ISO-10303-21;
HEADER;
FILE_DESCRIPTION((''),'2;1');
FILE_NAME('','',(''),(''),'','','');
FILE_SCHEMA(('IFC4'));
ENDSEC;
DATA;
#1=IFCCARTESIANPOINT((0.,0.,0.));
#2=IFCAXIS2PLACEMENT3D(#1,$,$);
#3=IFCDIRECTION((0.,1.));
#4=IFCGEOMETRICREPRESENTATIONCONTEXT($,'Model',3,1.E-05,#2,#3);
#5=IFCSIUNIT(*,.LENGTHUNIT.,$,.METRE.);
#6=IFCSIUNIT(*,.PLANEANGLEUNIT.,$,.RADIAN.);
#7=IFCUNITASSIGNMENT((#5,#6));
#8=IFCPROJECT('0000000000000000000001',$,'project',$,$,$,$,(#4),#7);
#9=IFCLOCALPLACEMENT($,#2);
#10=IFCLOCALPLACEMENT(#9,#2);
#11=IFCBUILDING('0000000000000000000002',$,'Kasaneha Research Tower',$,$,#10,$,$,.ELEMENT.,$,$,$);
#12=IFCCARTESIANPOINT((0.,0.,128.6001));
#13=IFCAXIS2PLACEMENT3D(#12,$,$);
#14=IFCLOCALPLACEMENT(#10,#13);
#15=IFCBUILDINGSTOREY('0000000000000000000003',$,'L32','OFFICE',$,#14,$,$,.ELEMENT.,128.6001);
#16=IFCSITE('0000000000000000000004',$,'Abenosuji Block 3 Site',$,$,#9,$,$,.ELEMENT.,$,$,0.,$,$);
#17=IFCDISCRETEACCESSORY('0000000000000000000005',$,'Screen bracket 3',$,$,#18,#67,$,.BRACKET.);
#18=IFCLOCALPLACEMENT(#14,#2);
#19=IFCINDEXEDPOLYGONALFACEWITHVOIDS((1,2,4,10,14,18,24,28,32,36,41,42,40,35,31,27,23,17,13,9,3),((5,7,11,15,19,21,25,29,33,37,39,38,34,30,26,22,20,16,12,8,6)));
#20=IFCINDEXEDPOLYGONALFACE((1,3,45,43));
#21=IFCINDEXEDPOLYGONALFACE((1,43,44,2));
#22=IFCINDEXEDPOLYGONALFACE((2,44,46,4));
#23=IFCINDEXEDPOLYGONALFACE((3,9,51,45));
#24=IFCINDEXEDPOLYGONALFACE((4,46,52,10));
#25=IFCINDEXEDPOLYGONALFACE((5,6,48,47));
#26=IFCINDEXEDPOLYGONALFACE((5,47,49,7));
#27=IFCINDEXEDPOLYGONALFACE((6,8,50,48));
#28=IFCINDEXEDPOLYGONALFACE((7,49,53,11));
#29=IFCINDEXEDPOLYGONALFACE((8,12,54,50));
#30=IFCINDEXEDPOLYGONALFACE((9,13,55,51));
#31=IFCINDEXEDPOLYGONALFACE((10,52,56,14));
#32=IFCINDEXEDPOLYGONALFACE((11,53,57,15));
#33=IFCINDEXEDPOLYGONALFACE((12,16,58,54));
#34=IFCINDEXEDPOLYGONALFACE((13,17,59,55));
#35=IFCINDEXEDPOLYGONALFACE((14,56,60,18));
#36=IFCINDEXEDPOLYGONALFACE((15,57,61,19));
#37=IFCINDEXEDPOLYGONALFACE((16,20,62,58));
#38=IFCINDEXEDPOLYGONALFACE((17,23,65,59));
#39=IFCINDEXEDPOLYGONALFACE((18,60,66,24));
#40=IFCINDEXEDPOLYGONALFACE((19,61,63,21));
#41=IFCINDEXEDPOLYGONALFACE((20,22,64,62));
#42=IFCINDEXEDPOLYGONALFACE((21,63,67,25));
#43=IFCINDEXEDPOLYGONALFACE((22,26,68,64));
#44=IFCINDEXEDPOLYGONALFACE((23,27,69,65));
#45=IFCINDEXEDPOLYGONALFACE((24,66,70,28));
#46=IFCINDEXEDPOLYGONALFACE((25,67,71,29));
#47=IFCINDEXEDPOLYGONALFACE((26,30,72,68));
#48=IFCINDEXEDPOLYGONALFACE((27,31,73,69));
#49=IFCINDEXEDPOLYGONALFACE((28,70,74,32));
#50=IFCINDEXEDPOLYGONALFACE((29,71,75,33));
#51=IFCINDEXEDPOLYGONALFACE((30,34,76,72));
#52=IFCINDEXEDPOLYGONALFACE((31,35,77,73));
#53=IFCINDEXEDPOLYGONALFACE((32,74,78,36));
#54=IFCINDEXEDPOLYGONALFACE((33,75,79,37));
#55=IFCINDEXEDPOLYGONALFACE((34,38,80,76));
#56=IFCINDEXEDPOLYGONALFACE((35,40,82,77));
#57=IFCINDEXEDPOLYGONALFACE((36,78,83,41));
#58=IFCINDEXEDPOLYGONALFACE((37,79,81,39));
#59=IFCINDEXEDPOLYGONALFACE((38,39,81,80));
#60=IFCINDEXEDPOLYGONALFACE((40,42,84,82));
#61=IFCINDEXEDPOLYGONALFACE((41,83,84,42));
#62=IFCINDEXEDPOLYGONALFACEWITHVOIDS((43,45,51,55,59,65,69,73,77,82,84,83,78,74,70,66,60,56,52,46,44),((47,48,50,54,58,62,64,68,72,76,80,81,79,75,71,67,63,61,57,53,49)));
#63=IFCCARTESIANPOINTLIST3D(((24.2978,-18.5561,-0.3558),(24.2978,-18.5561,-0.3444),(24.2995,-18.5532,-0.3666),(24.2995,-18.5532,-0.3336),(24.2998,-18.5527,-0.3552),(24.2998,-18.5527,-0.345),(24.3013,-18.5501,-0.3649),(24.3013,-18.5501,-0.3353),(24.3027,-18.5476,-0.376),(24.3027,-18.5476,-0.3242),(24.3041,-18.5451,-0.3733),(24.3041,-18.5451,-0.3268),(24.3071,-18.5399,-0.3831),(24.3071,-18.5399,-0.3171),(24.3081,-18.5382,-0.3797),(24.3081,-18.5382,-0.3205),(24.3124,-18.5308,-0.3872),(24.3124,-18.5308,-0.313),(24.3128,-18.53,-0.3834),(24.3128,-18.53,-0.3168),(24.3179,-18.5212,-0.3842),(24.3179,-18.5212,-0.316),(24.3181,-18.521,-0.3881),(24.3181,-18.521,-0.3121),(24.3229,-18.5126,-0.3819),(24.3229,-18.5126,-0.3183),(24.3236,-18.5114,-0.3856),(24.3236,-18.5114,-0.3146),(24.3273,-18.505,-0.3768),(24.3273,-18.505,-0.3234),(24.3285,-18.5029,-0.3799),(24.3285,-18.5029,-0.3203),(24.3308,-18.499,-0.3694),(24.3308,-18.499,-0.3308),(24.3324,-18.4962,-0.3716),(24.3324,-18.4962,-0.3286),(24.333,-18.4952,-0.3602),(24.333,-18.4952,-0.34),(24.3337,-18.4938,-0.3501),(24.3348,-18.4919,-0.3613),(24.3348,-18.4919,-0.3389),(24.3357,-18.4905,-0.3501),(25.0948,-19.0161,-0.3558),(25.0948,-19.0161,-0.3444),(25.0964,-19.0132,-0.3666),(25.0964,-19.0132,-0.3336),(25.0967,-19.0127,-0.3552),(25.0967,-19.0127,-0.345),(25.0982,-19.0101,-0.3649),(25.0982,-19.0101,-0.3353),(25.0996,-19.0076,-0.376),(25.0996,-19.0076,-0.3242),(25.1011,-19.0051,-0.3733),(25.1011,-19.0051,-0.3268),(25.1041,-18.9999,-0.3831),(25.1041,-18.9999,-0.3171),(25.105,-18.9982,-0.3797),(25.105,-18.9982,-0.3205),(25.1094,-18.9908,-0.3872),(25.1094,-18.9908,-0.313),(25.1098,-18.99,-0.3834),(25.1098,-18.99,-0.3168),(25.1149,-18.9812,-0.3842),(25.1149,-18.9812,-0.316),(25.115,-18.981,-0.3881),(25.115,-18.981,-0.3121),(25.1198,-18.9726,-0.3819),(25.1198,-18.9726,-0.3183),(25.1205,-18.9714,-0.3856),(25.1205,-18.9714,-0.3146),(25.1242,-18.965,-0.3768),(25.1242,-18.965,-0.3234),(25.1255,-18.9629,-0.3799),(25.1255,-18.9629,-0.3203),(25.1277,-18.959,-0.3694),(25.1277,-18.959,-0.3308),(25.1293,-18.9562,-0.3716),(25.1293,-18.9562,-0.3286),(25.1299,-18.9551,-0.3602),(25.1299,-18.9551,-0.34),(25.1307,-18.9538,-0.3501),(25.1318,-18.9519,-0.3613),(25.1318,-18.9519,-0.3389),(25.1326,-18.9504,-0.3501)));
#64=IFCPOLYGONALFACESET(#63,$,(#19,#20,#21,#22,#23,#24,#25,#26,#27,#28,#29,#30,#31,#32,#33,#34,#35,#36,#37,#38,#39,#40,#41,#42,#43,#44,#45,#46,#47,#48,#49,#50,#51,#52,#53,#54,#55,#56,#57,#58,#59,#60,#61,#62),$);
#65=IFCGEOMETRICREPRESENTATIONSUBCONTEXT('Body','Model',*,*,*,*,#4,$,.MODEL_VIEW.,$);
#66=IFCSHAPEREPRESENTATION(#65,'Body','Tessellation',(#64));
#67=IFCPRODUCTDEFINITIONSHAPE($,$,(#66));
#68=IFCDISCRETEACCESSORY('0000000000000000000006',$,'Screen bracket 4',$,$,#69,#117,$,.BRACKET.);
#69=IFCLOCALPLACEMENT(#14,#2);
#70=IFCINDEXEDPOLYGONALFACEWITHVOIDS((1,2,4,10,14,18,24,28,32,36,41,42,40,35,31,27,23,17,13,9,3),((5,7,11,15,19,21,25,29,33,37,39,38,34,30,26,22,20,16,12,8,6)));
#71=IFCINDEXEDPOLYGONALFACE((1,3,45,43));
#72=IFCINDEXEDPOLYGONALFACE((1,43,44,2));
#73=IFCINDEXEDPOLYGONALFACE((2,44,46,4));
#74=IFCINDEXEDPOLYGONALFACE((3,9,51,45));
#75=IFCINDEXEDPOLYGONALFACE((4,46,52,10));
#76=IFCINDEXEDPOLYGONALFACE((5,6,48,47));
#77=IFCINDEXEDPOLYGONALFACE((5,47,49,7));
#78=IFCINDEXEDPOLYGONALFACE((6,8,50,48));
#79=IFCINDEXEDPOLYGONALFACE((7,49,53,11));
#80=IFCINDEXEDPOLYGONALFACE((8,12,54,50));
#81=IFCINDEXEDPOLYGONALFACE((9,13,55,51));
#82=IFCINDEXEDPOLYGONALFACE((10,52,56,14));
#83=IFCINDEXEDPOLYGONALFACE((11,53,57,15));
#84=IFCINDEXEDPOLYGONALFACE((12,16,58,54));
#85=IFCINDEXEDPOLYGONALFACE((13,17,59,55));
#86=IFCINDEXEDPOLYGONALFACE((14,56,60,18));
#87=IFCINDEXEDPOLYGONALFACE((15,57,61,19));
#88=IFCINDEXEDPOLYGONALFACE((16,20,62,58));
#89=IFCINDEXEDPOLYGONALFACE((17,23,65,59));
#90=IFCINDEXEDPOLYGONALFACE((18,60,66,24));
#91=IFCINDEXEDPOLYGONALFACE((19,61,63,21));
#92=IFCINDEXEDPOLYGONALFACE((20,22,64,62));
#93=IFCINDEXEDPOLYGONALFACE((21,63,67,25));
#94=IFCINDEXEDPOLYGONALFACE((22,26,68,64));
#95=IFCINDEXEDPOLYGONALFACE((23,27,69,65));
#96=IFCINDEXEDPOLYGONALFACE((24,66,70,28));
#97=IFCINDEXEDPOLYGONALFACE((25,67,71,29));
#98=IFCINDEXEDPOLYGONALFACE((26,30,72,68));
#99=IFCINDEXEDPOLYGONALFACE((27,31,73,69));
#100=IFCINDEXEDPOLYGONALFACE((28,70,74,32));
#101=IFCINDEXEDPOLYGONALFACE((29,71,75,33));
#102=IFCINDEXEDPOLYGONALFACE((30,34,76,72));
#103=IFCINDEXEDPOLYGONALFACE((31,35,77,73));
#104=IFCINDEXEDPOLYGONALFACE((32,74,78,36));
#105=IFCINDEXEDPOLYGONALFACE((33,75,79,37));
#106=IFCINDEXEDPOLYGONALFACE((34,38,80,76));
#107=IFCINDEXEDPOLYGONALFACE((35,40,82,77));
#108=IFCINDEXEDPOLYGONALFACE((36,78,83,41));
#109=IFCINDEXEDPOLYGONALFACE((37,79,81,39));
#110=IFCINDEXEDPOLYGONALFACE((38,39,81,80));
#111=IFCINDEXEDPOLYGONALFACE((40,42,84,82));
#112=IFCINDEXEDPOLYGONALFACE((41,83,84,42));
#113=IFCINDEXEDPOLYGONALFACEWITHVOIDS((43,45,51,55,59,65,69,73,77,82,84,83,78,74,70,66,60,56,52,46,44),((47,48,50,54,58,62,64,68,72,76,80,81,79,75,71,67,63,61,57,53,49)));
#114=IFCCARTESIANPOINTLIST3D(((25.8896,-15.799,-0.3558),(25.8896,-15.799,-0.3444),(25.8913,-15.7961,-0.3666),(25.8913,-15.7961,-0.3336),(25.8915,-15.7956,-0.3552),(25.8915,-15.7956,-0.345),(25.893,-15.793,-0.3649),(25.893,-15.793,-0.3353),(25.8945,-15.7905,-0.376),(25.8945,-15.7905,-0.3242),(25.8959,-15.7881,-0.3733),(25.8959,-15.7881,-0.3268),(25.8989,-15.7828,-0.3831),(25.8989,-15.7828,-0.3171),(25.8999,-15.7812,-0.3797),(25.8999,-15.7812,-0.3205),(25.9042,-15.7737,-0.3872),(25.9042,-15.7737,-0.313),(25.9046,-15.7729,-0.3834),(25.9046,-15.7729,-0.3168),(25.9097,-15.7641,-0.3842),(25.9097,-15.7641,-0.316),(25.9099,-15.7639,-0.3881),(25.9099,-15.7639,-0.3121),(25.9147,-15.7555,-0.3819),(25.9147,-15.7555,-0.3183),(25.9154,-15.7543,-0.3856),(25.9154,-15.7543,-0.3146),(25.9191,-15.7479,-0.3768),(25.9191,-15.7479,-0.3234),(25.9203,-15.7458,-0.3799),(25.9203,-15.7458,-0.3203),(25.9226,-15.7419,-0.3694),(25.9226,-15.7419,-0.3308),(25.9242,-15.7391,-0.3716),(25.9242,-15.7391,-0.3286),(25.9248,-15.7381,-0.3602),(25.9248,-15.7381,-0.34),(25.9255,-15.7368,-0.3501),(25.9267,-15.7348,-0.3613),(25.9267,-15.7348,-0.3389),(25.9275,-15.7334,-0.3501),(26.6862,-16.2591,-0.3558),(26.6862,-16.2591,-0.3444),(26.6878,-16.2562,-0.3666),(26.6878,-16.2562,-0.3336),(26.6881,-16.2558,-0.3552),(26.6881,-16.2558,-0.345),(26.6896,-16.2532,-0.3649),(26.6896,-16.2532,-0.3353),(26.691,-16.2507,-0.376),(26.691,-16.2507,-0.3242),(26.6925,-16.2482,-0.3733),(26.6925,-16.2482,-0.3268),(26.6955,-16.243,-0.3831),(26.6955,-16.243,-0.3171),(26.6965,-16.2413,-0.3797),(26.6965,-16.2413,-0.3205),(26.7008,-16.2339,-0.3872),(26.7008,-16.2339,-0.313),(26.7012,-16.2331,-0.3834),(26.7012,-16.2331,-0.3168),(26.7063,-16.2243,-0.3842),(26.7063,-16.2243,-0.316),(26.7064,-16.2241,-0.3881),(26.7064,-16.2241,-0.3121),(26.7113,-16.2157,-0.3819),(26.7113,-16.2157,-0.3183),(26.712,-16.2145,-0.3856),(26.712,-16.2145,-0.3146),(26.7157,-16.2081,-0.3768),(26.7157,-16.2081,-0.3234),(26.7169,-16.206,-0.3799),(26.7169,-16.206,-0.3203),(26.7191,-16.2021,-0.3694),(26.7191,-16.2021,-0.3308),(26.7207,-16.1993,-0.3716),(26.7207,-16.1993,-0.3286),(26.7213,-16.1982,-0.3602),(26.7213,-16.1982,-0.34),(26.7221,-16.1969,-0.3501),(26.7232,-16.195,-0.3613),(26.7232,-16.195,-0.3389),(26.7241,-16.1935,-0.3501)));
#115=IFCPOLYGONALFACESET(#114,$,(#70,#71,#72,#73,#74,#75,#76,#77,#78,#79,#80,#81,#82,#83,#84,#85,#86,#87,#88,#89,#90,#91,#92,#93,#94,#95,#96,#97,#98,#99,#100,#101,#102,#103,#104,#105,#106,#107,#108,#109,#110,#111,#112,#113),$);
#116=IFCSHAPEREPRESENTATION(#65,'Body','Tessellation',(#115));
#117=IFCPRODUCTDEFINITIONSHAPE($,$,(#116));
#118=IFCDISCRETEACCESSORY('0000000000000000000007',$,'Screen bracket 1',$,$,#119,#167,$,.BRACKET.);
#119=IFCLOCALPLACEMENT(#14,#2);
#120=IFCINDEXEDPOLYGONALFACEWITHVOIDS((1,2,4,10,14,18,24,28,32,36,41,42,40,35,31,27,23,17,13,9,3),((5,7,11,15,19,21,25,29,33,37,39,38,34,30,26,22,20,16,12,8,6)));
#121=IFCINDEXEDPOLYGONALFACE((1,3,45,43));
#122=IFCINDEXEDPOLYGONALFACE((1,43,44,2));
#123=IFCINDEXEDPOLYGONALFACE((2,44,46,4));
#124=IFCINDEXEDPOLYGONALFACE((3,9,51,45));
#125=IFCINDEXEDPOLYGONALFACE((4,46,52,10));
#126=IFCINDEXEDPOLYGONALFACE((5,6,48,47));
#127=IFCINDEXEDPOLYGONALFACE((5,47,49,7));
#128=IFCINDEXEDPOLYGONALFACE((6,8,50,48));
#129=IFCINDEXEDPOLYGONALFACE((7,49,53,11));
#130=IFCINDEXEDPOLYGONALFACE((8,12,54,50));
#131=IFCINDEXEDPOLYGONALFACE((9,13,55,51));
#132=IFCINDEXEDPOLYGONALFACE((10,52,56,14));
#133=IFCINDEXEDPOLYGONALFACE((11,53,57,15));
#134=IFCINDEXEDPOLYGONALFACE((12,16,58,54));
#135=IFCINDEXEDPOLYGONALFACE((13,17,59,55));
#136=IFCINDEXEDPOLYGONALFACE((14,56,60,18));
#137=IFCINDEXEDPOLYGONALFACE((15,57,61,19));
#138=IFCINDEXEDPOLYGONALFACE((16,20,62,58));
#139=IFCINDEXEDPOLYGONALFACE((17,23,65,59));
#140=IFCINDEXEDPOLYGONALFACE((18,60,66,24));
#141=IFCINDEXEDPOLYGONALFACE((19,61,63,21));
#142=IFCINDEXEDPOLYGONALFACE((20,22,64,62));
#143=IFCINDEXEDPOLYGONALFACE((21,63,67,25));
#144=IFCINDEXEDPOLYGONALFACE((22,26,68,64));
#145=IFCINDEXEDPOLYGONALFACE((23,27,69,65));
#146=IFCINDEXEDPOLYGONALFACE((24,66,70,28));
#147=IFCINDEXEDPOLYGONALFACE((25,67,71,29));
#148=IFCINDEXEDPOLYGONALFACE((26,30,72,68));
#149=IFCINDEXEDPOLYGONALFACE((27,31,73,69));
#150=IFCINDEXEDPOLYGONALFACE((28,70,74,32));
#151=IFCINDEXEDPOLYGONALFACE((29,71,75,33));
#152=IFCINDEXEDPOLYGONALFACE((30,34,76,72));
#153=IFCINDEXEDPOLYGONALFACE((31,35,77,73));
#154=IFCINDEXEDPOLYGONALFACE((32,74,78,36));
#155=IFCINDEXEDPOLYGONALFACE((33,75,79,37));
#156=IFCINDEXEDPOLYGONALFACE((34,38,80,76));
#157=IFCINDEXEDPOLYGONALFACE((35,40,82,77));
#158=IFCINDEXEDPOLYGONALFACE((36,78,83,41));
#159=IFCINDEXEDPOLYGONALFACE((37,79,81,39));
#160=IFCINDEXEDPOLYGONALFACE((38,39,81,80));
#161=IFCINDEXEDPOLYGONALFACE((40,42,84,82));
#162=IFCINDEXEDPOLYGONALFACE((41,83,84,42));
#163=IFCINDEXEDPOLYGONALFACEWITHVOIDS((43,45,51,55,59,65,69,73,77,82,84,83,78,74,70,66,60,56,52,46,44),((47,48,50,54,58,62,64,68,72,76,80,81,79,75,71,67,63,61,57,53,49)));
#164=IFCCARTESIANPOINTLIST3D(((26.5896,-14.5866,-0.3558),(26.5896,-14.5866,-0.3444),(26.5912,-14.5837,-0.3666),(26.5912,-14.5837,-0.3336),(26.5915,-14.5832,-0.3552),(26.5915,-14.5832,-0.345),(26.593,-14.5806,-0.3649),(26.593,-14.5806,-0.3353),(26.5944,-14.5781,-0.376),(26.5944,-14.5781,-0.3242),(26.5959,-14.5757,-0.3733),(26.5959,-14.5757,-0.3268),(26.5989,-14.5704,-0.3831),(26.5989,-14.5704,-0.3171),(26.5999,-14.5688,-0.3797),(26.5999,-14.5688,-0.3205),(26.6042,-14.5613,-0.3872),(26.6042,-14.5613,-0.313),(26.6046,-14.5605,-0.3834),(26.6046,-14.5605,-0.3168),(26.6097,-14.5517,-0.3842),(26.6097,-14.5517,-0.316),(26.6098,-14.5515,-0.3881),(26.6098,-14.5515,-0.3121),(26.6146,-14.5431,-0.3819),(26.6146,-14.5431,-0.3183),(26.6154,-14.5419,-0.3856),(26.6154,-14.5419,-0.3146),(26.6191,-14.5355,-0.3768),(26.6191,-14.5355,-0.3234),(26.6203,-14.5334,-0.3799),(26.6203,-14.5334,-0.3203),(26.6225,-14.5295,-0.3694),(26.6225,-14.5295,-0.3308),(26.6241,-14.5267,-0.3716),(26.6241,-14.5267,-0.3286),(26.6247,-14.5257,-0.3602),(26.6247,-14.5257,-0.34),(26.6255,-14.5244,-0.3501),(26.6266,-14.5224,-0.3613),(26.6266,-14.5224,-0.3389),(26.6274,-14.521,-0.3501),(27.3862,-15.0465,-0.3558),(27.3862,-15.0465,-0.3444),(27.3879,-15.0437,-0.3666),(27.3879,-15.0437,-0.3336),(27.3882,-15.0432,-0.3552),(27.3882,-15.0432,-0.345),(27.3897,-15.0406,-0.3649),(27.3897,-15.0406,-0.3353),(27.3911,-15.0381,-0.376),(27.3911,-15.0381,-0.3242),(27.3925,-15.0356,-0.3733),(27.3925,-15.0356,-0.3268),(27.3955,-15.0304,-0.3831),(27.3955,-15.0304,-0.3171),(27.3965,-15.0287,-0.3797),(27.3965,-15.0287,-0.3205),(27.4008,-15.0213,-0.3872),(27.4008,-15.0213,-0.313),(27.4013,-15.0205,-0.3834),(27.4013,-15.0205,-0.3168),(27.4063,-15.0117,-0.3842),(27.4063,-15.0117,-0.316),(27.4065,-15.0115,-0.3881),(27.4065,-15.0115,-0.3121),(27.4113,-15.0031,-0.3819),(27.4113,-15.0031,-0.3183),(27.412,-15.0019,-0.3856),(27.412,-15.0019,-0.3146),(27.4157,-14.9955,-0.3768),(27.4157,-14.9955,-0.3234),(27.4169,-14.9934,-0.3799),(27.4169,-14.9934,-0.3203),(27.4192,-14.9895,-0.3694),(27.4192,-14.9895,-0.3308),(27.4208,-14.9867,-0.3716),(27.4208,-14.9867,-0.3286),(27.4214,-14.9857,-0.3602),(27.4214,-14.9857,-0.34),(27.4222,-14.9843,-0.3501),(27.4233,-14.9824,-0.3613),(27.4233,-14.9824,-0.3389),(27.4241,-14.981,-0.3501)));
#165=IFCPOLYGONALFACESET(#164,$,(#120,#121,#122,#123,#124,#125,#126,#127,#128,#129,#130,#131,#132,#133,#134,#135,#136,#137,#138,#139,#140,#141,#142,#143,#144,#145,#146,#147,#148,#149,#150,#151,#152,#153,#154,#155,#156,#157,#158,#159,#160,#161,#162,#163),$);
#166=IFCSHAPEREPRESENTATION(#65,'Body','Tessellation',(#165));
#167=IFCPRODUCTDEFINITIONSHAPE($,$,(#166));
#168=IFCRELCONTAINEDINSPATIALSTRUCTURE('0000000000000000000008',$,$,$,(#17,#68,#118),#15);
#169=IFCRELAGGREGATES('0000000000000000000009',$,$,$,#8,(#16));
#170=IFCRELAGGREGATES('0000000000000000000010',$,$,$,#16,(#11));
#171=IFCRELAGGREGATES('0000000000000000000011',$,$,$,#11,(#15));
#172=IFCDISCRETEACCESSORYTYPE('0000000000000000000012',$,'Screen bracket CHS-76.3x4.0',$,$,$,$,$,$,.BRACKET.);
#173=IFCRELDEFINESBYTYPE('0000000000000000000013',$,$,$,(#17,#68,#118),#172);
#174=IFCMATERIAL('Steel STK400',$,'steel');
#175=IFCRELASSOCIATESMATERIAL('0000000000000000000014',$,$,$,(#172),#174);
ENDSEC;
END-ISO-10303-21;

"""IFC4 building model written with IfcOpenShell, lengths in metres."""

from ifc_helpers import new_model, si_unit, direction, frame, origin, origin_2d, place, context, subcontext, project, spatial, hollow_circle, extrude, material, material_profile, profile_set, type_object, element, save


model = new_model("IFC4")

# Units and contexts
model_context = context("Model", 3, precision=1e-05, world=origin(), true_north=direction((0.0, 1.0)))
body_context = subcontext(model_context, "Body", "Model", "MODEL_VIEW")
ifc_project = project(units=[si_unit("LENGTHUNIT", "METRE"), si_unit("PLANEANGLEUNIT", "RADIAN")], contexts=[model_context])

# Site, building, storey
site_placement = place(None, origin())
site = spatial("IfcSite", under=ifc_project, at=site_placement, Name="Abenosuji Block 3 Site", CompositionType="ELEMENT", RefElevation=0.0)
building_placement = place(site_placement, origin())
building = spatial("IfcBuilding", under=site, at=building_placement, Name="Kasaneha Research Tower", CompositionType="ELEMENT")
storey_placement = place(building_placement, frame((0.0, 0.0, 128.6001)))
storey = spatial("IfcBuildingStorey", under=building, at=storey_placement, Name="L32", Description="OFFICE", CompositionType="ELEMENT", Elevation=128.6001)

# Discrete accessories
ifc_material_1 = material(Name="Steel STK400", Category="steel")
ifc_material_profile_1 = material_profile(ifc_material_1, hollow_circle(Radius=0.0381, WallThickness=0.0039, at=origin_2d()), Name="CHS-76.3x4.0")
ifc_profile_set_1 = profile_set([ifc_material_profile_1], Name="Steel STK400")
discrete_accessory_type = type_object("IfcDiscreteAccessoryType", Name="Screen bracket CHS-76.3x4.0", PredefinedType="BRACKET", material=ifc_profile_set_1)
discrete_accessory_1_placement = place(storey_placement, frame((24.3167, -18.5234, -0.3501), z_axis=(0.86608, -0.499906, 0.0), x_axis=(0.499906, 0.86608, 0.0)))
element("IfcDiscreteAccessory", 1, at=discrete_accessory_1_placement, inside=storey, type_object=discrete_accessory_type, Name="Screen bracket 3", PredefinedType="BRACKET", context=body_context, shape_type="SweptSolid", body=[
    extrude(hollow_circle(Radius=0.0381, WallThickness=0.0039, at=origin_2d()), origin(), (0.0, 0.0, 1.0), 0.9202),
])
for number, where, z_axis, x_axis, name in (
    (2, (25.9084, -15.7664, -0.3501), (0.865898, -0.50022, 0.0), (0.50022, 0.865898, 0.0), "Screen bracket 4"),
    (3, (26.6084, -14.554, -0.3501), (0.866013, -0.500021, 0.0), (0.500021, 0.866013, 0.0), "Screen bracket 1"),
):
    element("IfcDiscreteAccessory", number, at=place(storey_placement, frame(where, z_axis=z_axis, x_axis=x_axis)), inside=storey, type_object=discrete_accessory_type, Name=name, PredefinedType="BRACKET", context=body_context, shape_type="SweptSolid", body=[
        extrude(hollow_circle(Radius=0.0381, WallThickness=0.0039, at=origin_2d()), origin(), (0.0, 0.0, 1.0), 0.9199),
    ])

save(model, "model.ifc")
